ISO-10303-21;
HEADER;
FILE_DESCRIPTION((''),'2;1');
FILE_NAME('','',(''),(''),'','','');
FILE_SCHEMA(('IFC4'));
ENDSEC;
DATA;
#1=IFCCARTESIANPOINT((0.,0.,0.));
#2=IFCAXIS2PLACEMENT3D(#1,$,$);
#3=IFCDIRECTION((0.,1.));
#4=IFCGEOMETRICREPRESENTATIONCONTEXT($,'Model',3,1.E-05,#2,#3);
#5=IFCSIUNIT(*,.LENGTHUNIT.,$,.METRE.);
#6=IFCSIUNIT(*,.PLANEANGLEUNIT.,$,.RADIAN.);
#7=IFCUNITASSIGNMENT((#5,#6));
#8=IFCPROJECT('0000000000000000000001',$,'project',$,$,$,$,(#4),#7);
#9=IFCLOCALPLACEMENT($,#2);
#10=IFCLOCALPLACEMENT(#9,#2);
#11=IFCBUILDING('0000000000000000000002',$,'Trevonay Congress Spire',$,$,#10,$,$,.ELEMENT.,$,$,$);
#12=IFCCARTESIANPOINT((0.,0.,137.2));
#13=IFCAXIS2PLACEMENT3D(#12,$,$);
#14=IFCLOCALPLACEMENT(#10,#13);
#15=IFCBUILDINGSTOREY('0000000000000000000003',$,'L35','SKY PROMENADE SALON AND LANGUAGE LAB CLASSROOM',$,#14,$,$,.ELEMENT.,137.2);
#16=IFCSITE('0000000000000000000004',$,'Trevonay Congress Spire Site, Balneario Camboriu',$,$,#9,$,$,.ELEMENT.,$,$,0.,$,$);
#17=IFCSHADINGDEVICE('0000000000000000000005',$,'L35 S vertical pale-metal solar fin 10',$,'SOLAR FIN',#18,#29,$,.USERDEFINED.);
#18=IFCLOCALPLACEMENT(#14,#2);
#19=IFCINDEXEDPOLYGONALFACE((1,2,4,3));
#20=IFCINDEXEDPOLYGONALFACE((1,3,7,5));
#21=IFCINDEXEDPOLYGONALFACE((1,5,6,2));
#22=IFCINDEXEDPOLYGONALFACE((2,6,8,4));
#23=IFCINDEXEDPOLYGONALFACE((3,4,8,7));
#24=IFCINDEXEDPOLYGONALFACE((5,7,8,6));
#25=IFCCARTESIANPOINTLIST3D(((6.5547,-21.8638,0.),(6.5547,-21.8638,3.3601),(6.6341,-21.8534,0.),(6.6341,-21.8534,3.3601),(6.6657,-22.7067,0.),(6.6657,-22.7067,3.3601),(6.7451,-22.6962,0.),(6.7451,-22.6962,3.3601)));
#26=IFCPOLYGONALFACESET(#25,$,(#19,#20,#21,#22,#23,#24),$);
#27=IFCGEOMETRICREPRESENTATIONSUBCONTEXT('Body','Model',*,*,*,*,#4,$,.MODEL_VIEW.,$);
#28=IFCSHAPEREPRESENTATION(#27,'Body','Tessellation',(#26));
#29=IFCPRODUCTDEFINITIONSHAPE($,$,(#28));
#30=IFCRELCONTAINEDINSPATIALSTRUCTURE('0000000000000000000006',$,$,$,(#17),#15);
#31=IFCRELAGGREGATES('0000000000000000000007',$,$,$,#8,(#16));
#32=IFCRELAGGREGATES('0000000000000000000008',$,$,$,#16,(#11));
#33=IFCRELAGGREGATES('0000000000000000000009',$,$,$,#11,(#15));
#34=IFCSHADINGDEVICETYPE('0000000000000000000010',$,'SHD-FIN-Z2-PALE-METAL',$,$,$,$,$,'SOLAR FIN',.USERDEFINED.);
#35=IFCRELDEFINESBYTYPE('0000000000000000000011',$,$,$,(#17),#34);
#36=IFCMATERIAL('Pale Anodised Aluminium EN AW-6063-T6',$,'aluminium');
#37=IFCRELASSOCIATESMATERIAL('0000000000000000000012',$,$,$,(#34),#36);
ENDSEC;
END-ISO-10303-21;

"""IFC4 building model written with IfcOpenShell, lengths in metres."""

from ifc_helpers import new_model, si_unit, direction, frame, origin, origin_2d, place, context, subcontext, project, spatial, rectangle, extrude, material, type_object, element, save


model = new_model("IFC4")

# Units and contexts
model_context = context("Model", 3, precision=1e-05, world=origin(), true_north=direction((0.0, 1.0)))
body_context = subcontext(model_context, "Body", "Model", "MODEL_VIEW")
ifc_project = project(units=[si_unit("LENGTHUNIT", "METRE"), si_unit("PLANEANGLEUNIT", "RADIAN")], contexts=[model_context])

# Site, building, storey
site_placement = place(None, origin())
site = spatial("IfcSite", under=ifc_project, at=site_placement, Name="Trevonay Congress Spire Site, Balneario Camboriu", CompositionType="ELEMENT", RefElevation=0.0)
building_placement = place(site_placement, origin())
building = spatial("IfcBuilding", under=site, at=building_placement, Name="Trevonay Congress Spire", CompositionType="ELEMENT")
storey_placement = place(building_placement, frame((0.0, 0.0, 137.2)))
storey = spatial("IfcBuildingStorey", under=building, at=storey_placement, Name="L35", Description="SKY PROMENADE SALON AND LANGUAGE LAB CLASSROOM", CompositionType="ELEMENT", Elevation=137.2)

# Shared definitions
ifc_material_1 = material(Name="Pale Anodised Aluminium EN AW-6063-T6", Category="aluminium")

# Shading device
shading_device_type = type_object("IfcShadingDeviceType", Name="SHD-FIN-Z2-PALE-METAL", ElementType="SOLAR FIN", PredefinedType="USERDEFINED", material=ifc_material_1)
for number, where, z_axis, x_axis, name in (
    (1, (6.6499, -22.28, 0.0), (0.0, 0.0, 1.0), (0.991445, 0.130526, 0.0), "L35 S vertical pale-metal solar fin 10"),
):
    element("IfcShadingDevice", number, at=place(storey_placement, frame(where, z_axis=z_axis, x_axis=x_axis)), inside=storey, type_object=shading_device_type, Name=name, ObjectType="SOLAR FIN", PredefinedType="USERDEFINED", context=body_context, shape_type="SweptSolid", body=[
        extrude(rectangle(XDim=0.0801, YDim=0.8501, at=origin_2d()), origin(), (0.0, 0.0, 1.0), 3.3601),
    ])

save(model, "model.ifc")
